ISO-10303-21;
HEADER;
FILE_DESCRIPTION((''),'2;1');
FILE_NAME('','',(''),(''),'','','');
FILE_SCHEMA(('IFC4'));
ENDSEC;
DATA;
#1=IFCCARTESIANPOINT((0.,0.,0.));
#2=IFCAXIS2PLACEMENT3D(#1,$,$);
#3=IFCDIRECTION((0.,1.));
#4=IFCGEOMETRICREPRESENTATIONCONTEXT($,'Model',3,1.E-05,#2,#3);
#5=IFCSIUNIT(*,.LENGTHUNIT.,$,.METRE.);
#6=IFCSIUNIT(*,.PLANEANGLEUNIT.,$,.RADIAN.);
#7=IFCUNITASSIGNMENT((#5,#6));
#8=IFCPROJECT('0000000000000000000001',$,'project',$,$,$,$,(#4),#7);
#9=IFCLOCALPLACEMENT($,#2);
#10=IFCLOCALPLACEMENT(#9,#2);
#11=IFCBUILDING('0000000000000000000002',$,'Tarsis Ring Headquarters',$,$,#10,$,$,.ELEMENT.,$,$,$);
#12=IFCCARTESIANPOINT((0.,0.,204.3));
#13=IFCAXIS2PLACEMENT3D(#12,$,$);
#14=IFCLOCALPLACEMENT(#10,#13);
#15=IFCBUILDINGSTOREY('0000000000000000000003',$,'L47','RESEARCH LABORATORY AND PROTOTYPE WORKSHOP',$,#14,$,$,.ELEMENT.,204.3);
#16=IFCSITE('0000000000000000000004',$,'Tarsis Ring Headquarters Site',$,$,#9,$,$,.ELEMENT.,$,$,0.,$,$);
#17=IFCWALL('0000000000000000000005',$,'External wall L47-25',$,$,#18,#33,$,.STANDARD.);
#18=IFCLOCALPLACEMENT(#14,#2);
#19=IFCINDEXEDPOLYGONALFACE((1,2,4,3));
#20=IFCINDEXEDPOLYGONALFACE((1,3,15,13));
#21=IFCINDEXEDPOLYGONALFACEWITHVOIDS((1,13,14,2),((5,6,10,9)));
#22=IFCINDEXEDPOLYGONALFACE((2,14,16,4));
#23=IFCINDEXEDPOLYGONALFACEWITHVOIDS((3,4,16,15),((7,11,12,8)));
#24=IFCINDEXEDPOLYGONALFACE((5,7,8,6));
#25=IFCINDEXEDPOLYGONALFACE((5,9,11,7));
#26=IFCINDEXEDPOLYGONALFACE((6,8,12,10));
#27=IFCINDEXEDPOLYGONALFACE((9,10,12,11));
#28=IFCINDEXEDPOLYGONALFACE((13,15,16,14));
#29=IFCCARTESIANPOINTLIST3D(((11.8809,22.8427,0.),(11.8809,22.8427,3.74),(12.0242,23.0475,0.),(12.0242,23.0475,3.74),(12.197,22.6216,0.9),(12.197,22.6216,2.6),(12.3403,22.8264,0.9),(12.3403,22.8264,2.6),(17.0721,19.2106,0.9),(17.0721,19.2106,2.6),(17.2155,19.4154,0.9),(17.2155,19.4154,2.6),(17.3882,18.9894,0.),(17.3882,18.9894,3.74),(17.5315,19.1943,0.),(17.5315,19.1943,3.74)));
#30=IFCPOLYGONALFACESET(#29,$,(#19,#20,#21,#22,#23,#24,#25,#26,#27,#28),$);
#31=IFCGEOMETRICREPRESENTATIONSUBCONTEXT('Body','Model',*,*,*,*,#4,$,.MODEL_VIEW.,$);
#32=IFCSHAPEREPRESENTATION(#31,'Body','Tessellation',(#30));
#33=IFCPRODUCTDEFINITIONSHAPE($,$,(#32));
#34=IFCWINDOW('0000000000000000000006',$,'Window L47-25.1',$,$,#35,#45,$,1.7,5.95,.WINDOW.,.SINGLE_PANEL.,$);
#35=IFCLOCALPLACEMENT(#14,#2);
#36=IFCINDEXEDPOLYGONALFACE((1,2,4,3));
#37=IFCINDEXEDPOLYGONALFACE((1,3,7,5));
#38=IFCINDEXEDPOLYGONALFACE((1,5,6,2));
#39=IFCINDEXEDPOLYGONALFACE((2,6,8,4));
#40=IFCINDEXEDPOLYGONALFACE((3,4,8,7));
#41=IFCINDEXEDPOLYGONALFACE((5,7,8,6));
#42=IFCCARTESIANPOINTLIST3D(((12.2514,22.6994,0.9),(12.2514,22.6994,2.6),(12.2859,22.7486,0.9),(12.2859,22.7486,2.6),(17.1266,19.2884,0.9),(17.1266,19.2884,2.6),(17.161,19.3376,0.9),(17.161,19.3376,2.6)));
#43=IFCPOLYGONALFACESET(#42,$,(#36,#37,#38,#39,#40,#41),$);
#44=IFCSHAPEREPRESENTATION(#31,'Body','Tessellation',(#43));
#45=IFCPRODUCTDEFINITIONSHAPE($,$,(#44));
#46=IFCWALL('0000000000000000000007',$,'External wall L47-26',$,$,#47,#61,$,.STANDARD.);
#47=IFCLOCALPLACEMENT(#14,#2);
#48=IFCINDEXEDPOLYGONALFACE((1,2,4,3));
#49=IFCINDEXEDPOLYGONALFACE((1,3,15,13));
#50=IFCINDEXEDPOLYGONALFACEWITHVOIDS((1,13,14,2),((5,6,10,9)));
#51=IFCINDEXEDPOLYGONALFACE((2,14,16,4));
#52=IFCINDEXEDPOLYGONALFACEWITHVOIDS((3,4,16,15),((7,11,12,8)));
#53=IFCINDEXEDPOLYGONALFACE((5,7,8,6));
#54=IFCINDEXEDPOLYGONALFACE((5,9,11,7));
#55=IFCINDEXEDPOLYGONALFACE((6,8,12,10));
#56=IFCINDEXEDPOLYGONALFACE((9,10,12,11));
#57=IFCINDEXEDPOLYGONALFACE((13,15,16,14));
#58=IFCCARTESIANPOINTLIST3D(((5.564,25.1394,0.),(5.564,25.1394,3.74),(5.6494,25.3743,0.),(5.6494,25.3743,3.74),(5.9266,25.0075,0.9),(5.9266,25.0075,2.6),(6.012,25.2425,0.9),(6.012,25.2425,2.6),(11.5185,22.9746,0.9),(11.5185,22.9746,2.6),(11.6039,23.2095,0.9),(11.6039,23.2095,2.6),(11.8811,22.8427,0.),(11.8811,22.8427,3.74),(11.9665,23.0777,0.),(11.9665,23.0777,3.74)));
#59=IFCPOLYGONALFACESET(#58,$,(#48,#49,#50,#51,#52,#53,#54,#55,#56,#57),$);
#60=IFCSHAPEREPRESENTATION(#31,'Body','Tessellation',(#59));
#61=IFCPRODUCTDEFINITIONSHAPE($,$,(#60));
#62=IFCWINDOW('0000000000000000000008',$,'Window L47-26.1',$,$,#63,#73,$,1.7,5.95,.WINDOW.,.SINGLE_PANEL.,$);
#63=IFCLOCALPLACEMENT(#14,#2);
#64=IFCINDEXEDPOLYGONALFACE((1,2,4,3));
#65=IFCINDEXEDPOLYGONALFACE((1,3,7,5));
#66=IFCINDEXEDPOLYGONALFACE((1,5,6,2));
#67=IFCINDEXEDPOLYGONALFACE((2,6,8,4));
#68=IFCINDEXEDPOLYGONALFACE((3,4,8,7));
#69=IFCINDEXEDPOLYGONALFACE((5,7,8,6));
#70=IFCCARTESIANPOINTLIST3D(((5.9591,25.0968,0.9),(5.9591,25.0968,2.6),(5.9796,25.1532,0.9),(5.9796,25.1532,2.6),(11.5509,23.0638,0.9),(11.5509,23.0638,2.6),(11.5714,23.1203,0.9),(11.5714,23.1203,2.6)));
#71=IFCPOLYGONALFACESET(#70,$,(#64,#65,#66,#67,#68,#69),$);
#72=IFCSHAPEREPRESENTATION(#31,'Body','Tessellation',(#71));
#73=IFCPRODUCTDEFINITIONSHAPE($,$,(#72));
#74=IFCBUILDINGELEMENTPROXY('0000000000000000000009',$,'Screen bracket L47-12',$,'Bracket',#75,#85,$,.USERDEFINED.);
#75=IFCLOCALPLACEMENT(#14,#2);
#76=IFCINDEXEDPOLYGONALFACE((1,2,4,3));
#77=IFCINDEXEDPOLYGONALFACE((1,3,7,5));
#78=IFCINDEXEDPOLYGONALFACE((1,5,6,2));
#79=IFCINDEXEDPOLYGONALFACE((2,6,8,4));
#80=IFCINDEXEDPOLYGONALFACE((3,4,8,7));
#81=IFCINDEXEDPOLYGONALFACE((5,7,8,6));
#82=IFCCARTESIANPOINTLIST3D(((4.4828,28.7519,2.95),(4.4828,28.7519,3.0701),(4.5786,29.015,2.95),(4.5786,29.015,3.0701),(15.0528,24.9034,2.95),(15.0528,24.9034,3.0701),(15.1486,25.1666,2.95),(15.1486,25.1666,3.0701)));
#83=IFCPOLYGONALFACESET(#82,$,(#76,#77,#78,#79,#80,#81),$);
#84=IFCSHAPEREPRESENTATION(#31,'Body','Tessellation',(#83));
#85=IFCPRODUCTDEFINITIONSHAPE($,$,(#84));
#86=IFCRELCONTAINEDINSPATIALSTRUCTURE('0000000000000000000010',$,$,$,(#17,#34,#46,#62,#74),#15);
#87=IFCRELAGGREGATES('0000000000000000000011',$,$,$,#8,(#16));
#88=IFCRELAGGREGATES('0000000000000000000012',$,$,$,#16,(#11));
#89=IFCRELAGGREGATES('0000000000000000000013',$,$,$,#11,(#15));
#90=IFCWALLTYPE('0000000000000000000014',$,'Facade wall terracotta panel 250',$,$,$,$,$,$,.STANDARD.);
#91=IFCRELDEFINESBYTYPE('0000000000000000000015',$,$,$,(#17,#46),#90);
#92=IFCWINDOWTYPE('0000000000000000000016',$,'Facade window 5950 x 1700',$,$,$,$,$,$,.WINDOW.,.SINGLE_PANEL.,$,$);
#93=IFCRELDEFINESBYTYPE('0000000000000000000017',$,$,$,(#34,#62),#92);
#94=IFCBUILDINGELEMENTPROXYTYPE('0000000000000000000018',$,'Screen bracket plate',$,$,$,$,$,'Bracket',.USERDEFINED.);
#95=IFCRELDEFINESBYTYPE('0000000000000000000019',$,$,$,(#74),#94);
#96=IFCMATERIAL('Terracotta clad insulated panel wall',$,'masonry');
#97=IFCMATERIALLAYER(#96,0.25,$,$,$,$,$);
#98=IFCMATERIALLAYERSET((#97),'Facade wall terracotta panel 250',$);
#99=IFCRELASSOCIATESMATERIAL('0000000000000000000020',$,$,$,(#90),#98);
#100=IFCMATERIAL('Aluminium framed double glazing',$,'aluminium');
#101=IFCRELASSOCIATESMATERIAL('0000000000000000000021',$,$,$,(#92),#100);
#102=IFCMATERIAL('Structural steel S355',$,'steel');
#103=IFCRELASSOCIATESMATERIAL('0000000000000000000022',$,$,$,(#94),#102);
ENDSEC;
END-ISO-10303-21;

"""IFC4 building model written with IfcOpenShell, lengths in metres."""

from ifc_helpers import new_model, si_unit, direction, frame, frame_2d, origin, origin_2d, place, context, subcontext, project, spatial, rectangle, extrude, material, layer, layer_set, type_object, element, fill, save


model = new_model("IFC4")

# Units and contexts
model_context = context("Model", 3, precision=1e-05, world=origin(), true_north=direction((0.0, 1.0)))
body_context = subcontext(model_context, "Body", "Model", "MODEL_VIEW")
ifc_project = project(units=[si_unit("LENGTHUNIT", "METRE"), si_unit("PLANEANGLEUNIT", "RADIAN")], contexts=[model_context])

# Site, building, storey
site_placement = place(None, origin())
site = spatial("IfcSite", under=ifc_project, at=site_placement, Name="Tarsis Ring Headquarters Site", CompositionType="ELEMENT", RefElevation=0.0)
building_placement = place(site_placement, origin())
building = spatial("IfcBuilding", under=site, at=building_placement, Name="Tarsis Ring Headquarters", CompositionType="ELEMENT")
storey_placement = place(building_placement, frame((0.0, 0.0, 204.3)))
storey = spatial("IfcBuildingStorey", under=building, at=storey_placement, Name="L47", Description="RESEARCH LABORATORY AND PROTOTYPE WORKSHOP", CompositionType="ELEMENT", Elevation=204.3)

# Shared definitions
ifc_material_1 = material(Name="Structural steel S355", Category="steel")

# Walls, openings, windows
ifc_material_2 = material(Name="Terracotta clad insulated panel wall", Category="masonry")
ifc_layer_1 = layer(ifc_material_2, 0.25)
ifc_layer_set_1 = layer_set([ifc_layer_1], Name="Facade wall terracotta panel 250")
wall_type_1 = type_object("IfcWallType", Name="Facade wall terracotta panel 250", PredefinedType="STANDARD", material=ifc_layer_set_1)
wall_1_placement = place(storey_placement, frame((17.46, 19.0918, 0.0), z_axis=(0.0, 0.0, 1.0), x_axis=(-0.819362, 0.573277, 0.0)))
wall_1 = element("IfcWall", 1, at=wall_1_placement, inside=storey, type_object=wall_type_1, Name="External wall L47-25", PredefinedType="STANDARD", context=body_context, shape_type="SweptSolid", body=[
    extrude(rectangle(XDim=6.7214, YDim=0.25, at=frame_2d((3.3608, 0.0))), origin(), (0.0, 0.0, 1.0), 3.74),
])
opening_1_placement = place(wall_1_placement, frame((0.3857, 0.0, 0.8999)))
opening_1 = element("IfcOpeningElement", 2, at=opening_1_placement, cuts=wall_1, PredefinedType="OPENING", context=body_context, shape_type="SweptSolid", body=[
    extrude(rectangle(XDim=5.95, YDim=1.7, at=frame_2d((2.9751, 0.8501))), frame((0.0, 0.135, 0.0), z_axis=(0.0, -1.0, 0.0), x_axis=(1.0, 0.0, 0.0)), (0.0, 0.0, 1.0), 0.27),
])
ifc_material_3 = material(Name="Aluminium framed double glazing", Category="aluminium")
window_type = type_object("IfcWindowType", Name="Facade window 5950 x 1700", PartitioningType="SINGLE_PANEL", PredefinedType="WINDOW", material=ifc_material_3)
window_1_placement = place(opening_1_placement, origin())
window_1 = element("IfcWindow", 3, at=window_1_placement, inside=storey, type_object=window_type, Name="Window L47-25.1", OverallHeight=1.7, OverallWidth=5.95, PartitioningType="SINGLE_PANEL", PredefinedType="WINDOW", context=body_context, shape_type="SweptSolid", body=[
    extrude(rectangle(XDim=5.95, YDim=1.7, at=frame_2d((2.9751, 0.8501))), frame((0.0, 0.03, 0.0), z_axis=(0.0, -1.0, 0.0), x_axis=(1.0, 0.0, 0.0)), (0.0, 0.0, 1.0), 0.0601),
])
fill(opening_1, window_1)
wall_2_placement = place(storey_placement, frame((11.9238, 22.9602, 0.0), z_axis=(0.0, 0.0, 1.0), x_axis=(-0.939818, 0.341676, 0.0)))
wall_2 = element("IfcWall", 4, at=wall_2_placement, inside=storey, type_object=wall_type_1, Name="External wall L47-26", PredefinedType="STANDARD", context=body_context, shape_type="SweptSolid", body=[
    extrude(rectangle(XDim=6.7217, YDim=0.25, at=frame_2d((3.3608, 0.0))), origin(), (0.0, 0.0, 1.0), 3.74),
])
opening_2_placement = place(wall_2_placement, frame((0.3857, 0.0, 0.8999)))
opening_2 = element("IfcOpeningElement", 5, at=opening_2_placement, cuts=wall_2, PredefinedType="OPENING", context=body_context, shape_type="SweptSolid", body=[
    extrude(rectangle(XDim=5.95, YDim=1.7, at=frame_2d((2.9751, 0.8501))), frame((0.0, 0.135, 0.0), z_axis=(0.0, -1.0, 0.0), x_axis=(1.0, 0.0, 0.0)), (0.0, 0.0, 1.0), 0.27),
])
window_2_placement = place(opening_2_placement, origin())
window_2 = element("IfcWindow", 6, at=window_2_placement, inside=storey, type_object=window_type, Name="Window L47-26.1", OverallHeight=1.7, OverallWidth=5.95, PartitioningType="SINGLE_PANEL", PredefinedType="WINDOW", context=body_context, shape_type="SweptSolid", body=[
    extrude(rectangle(XDim=5.95, YDim=1.7, at=frame_2d((2.9751, 0.8501))), frame((0.0, 0.03, 0.0), z_axis=(0.0, -1.0, 0.0), x_axis=(1.0, 0.0, 0.0)), (0.0, 0.0, 1.0), 0.0601),
])
fill(opening_2, window_2)

# Building element proxy
building_element_proxy_type = type_object("IfcBuildingElementProxyType", Name="Screen bracket plate", ElementType="Bracket", PredefinedType="USERDEFINED", material=ifc_material_1)
proxy_placement = place(storey_placement, frame((9.8157, 26.9592, 2.95), z_axis=(0.0, 0.0, 1.0), x_axis=(-0.939655, 0.342123, 0.0)))
element("IfcBuildingElementProxy", 7, at=proxy_placement, inside=storey, type_object=building_element_proxy_type, Name="Screen bracket L47-12", ObjectType="Bracket", PredefinedType="USERDEFINED", context=body_context, shape_type="SweptSolid", body=[
    extrude(rectangle(XDim=11.2488, YDim=0.28, at=origin_2d()), origin(), (0.0, 0.0, 1.0), 0.1201),
])

save(model, "model.ifc")
